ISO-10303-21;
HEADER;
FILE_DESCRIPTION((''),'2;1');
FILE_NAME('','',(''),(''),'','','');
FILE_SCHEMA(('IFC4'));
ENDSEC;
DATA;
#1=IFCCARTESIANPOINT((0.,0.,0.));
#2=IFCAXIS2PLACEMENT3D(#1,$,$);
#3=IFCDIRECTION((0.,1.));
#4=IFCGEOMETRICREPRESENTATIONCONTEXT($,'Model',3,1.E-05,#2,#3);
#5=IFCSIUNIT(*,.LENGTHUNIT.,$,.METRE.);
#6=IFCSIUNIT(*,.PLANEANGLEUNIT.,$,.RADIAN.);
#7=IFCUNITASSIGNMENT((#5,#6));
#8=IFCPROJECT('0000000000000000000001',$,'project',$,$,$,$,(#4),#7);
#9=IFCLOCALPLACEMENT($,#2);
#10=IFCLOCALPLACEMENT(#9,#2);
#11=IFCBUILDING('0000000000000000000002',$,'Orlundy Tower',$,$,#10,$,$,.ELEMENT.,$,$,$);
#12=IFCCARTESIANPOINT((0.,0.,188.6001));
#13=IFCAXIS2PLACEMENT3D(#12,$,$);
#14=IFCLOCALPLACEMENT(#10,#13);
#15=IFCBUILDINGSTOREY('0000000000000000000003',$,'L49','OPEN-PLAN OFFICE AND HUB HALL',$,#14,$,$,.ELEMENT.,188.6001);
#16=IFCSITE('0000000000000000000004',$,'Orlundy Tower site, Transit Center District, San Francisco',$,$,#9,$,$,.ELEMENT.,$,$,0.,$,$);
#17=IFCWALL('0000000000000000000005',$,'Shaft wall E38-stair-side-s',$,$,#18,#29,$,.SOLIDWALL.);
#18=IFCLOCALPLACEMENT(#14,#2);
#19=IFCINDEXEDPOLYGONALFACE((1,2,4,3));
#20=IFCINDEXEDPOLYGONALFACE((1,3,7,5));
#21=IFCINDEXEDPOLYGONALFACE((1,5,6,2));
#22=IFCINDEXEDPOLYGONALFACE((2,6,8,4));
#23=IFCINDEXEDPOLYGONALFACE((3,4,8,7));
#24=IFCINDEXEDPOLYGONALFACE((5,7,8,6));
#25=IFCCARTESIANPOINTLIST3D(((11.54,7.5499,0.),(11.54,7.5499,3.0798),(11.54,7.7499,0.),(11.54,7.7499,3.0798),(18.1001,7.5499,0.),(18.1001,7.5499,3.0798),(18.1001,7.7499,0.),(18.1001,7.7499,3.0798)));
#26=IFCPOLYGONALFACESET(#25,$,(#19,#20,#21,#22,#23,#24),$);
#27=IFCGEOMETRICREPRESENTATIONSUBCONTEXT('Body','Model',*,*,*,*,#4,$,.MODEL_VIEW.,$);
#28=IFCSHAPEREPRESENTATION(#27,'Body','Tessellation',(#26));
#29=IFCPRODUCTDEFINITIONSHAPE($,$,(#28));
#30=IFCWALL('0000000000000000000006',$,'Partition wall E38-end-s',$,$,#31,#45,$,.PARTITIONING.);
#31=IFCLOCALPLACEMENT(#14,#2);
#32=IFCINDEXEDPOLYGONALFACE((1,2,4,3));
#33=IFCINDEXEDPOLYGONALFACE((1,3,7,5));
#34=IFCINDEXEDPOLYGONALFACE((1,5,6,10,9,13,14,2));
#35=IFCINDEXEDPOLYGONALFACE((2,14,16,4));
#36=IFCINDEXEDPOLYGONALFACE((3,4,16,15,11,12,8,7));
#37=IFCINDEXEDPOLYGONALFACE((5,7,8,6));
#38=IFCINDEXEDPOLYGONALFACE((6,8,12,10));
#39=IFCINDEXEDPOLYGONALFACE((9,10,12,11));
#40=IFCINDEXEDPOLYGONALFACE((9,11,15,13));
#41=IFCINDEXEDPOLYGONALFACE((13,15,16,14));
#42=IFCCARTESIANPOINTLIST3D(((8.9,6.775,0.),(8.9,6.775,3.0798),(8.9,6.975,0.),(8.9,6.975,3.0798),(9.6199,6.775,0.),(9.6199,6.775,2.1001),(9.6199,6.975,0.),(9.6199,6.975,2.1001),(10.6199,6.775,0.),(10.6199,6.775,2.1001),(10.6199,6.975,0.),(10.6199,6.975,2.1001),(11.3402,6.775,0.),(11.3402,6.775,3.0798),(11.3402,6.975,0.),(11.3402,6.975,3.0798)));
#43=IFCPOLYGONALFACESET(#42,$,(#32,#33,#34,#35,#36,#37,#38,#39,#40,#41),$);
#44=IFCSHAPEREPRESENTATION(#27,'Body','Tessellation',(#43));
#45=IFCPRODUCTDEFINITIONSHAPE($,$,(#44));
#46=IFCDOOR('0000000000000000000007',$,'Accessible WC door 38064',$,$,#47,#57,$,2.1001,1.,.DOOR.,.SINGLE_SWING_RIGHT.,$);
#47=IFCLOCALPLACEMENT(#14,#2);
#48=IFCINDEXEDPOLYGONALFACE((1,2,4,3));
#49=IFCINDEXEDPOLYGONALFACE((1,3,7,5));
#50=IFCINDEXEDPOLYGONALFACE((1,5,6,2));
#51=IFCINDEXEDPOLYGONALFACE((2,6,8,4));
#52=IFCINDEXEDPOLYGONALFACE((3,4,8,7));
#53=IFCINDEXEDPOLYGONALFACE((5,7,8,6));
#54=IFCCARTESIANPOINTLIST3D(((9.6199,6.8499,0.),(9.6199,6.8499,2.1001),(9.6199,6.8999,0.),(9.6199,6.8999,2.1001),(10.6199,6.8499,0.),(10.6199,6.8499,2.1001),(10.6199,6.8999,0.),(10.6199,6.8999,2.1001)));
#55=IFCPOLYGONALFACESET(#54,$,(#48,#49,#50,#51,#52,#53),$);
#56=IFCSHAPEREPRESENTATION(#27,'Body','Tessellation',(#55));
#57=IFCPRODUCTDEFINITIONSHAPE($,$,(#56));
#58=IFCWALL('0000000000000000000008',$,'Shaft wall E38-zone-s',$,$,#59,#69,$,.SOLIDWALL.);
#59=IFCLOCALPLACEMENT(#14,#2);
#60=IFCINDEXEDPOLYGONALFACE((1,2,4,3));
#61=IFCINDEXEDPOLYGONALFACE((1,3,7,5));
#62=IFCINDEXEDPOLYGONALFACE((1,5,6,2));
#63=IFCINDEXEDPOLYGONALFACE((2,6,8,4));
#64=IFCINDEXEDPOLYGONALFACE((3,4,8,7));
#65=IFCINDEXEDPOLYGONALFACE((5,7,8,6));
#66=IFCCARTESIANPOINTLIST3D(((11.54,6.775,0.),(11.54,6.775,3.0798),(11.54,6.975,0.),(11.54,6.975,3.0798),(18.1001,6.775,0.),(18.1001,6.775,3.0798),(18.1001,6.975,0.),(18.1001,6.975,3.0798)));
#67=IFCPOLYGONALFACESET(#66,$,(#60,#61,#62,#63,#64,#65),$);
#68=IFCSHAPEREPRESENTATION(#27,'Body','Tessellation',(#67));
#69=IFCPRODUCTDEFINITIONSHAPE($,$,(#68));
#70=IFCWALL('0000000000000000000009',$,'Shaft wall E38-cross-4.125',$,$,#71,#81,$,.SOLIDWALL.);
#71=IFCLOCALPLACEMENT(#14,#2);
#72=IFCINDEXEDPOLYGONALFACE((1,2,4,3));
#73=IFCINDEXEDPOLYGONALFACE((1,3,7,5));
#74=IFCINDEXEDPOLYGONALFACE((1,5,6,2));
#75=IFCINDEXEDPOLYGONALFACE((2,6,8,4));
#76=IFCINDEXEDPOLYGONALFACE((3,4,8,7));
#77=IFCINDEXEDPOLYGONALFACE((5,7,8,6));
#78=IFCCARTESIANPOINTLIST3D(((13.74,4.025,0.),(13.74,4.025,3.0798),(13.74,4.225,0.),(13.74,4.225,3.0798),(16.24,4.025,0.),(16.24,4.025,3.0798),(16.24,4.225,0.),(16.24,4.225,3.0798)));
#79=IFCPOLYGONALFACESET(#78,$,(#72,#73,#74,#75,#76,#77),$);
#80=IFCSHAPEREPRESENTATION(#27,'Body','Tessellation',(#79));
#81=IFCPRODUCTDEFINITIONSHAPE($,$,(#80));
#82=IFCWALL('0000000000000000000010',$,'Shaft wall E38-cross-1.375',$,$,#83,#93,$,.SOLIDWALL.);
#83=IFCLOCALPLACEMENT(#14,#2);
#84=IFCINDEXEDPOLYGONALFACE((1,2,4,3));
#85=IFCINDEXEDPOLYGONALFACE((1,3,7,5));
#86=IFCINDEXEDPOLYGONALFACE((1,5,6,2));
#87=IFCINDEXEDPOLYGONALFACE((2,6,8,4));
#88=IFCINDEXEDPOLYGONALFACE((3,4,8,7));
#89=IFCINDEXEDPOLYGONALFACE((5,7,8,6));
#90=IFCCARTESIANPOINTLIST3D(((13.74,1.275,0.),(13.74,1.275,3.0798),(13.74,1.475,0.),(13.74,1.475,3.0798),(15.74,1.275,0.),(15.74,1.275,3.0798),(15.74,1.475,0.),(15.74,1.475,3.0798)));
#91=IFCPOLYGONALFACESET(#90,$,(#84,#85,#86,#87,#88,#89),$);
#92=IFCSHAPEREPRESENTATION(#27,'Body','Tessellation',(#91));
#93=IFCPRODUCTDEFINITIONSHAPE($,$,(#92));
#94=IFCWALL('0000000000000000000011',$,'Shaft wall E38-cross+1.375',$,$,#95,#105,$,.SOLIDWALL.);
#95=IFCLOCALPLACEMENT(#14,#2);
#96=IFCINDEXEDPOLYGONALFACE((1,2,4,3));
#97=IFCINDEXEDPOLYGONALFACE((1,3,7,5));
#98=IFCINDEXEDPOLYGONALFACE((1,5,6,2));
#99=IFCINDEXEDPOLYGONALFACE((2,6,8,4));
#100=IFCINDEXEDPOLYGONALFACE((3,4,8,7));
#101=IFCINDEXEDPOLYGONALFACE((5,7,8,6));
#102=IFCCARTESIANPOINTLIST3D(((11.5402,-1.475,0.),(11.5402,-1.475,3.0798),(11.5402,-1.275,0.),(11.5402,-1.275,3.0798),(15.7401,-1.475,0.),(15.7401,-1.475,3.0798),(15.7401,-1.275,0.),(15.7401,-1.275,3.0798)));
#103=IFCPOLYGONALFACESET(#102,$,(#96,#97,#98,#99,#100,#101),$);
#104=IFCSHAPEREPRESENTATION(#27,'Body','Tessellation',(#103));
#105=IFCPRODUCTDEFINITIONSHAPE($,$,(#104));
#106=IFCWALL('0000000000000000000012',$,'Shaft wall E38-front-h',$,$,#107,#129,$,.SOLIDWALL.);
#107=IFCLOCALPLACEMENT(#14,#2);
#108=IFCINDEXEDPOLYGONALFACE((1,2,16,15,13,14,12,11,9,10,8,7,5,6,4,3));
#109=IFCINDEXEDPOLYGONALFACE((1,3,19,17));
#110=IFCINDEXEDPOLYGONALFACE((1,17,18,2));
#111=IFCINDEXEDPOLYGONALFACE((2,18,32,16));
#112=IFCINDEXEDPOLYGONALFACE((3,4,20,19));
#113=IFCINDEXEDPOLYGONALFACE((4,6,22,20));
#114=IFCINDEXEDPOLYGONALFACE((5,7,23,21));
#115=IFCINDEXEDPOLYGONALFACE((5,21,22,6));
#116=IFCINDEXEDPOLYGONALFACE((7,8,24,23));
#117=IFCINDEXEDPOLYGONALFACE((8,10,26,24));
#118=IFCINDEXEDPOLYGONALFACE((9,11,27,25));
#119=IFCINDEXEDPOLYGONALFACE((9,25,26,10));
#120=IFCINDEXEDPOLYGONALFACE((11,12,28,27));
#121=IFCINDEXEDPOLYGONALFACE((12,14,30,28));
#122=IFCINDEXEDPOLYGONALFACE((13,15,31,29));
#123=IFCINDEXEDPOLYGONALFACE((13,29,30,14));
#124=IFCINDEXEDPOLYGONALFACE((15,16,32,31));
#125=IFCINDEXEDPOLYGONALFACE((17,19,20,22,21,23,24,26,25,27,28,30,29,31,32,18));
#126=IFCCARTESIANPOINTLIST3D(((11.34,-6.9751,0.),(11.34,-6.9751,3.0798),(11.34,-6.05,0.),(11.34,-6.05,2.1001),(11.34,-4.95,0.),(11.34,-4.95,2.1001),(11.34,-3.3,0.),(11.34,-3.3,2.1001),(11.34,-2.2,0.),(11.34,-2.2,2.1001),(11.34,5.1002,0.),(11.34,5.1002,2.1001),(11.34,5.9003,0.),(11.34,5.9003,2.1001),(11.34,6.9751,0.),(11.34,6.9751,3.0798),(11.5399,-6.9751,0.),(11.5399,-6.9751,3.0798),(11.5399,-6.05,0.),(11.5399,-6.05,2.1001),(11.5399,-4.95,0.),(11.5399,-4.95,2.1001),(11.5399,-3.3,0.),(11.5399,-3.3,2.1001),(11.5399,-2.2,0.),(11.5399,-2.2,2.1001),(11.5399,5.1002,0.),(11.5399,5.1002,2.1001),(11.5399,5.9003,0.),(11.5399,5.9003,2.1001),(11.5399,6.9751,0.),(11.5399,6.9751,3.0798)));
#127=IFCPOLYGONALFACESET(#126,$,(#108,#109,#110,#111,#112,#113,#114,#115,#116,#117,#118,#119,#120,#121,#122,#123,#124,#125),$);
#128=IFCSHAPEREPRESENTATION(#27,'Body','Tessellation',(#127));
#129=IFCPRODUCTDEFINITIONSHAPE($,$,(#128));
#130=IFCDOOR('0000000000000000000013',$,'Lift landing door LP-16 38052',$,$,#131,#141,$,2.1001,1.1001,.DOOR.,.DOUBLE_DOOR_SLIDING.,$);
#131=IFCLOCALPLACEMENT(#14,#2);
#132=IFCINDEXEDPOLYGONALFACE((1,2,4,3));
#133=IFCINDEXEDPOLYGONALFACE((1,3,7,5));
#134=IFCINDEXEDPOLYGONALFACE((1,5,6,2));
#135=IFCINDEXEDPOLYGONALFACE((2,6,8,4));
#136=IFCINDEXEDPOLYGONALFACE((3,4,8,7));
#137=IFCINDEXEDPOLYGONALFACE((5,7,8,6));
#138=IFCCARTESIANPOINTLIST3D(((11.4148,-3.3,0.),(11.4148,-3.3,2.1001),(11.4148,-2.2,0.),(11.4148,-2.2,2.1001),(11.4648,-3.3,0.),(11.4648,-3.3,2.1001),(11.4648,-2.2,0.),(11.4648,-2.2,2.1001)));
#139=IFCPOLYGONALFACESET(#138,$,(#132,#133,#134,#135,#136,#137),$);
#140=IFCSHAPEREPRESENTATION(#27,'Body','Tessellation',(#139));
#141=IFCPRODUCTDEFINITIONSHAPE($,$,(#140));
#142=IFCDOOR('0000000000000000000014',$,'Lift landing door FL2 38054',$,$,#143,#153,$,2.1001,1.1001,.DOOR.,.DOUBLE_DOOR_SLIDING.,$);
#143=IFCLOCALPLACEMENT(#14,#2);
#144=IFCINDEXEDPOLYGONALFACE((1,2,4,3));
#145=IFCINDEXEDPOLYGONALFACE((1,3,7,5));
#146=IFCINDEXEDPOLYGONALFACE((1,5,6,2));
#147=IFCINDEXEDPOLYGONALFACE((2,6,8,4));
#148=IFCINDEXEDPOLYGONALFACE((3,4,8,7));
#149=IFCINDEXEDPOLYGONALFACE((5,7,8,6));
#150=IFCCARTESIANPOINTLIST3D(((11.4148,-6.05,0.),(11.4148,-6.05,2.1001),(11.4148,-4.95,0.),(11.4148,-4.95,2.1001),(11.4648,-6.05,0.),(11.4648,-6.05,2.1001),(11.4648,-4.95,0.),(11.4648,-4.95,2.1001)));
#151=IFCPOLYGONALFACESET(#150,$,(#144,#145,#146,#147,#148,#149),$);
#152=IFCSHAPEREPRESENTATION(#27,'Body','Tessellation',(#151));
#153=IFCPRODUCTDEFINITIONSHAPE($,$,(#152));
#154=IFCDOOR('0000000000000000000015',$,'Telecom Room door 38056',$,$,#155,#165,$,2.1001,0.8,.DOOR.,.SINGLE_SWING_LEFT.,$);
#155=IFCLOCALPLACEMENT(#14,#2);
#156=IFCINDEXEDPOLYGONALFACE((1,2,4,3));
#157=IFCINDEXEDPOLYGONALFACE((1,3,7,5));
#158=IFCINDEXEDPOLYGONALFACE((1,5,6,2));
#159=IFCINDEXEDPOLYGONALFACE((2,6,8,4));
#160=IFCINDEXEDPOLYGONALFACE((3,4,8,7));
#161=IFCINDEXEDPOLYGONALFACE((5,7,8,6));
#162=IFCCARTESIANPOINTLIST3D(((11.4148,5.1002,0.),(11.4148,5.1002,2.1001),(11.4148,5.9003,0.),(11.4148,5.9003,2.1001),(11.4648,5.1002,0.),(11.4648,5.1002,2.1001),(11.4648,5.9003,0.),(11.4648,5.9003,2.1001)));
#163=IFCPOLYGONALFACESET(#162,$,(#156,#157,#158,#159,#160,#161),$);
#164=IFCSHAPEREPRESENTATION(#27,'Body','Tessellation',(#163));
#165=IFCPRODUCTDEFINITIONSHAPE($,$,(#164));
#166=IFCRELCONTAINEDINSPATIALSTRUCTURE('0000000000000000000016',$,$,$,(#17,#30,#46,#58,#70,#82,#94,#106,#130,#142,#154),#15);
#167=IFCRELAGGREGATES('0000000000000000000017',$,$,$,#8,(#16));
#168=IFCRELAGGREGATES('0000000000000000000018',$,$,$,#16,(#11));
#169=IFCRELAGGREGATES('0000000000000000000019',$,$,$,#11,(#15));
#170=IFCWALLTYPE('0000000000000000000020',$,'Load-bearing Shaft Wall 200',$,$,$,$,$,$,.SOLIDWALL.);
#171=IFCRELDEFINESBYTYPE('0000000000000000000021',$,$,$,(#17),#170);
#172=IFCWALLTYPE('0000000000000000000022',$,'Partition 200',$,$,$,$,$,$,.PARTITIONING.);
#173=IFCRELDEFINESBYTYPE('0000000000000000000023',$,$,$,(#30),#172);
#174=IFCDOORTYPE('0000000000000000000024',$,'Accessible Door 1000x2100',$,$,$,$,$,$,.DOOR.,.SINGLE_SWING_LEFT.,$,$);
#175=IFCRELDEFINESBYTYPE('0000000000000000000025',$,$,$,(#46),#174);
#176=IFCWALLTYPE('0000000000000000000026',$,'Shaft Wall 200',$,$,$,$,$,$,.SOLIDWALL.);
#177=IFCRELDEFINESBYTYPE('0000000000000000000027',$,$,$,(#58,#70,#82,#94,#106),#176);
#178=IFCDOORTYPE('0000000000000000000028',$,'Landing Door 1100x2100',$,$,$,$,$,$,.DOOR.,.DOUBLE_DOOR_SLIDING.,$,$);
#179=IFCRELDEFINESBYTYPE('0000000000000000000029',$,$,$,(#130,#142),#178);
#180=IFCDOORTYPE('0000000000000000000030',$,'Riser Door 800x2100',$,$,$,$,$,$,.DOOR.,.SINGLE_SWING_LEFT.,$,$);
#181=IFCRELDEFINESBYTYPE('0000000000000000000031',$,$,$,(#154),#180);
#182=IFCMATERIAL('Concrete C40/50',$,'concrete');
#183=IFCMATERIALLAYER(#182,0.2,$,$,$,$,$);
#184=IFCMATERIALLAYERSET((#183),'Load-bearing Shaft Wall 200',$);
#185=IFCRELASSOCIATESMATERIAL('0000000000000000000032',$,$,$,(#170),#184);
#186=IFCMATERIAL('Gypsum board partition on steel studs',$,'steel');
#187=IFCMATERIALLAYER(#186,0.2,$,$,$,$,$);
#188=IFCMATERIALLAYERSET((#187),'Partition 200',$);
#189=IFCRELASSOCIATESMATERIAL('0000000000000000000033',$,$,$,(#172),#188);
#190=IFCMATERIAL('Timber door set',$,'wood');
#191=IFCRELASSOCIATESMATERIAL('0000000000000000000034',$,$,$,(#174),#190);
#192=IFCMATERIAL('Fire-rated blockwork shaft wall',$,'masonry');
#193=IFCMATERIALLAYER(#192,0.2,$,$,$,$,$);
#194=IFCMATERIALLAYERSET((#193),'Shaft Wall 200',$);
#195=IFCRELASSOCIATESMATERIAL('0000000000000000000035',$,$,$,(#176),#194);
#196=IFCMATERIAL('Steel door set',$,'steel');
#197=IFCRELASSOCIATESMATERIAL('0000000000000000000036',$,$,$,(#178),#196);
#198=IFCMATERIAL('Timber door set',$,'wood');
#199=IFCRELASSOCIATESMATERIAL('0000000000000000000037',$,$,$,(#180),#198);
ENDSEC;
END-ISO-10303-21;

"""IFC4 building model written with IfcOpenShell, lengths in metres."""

from ifc_helpers import new_model, si_unit, direction, frame, frame_2d, origin, place, context, subcontext, project, spatial, rectangle, extrude, material, layer, layer_set, type_object, element, fill, save


model = new_model("IFC4")

# Units and contexts
model_context = context("Model", 3, precision=1e-05, world=origin(), true_north=direction((0.0, 1.0)))
body_context = subcontext(model_context, "Body", "Model", "MODEL_VIEW")
ifc_project = project(units=[si_unit("LENGTHUNIT", "METRE"), si_unit("PLANEANGLEUNIT", "RADIAN")], contexts=[model_context])

# Site, building, storey
site_placement = place(None, origin())
site = spatial("IfcSite", under=ifc_project, at=site_placement, Name="Orlundy Tower site, Transit Center District, San Francisco", CompositionType="ELEMENT", RefElevation=0.0)
building_placement = place(site_placement, origin())
building = spatial("IfcBuilding", under=site, at=building_placement, Name="Orlundy Tower", CompositionType="ELEMENT")
storey_placement = place(building_placement, frame((0.0, 0.0, 188.6001)))
storey = spatial("IfcBuildingStorey", under=building, at=storey_placement, Name="L49", Description="OPEN-PLAN OFFICE AND HUB HALL", CompositionType="ELEMENT", Elevation=188.6001)

# Wall
ifc_material_1 = material(Name="Concrete C40/50", Category="concrete")
ifc_layer_1 = layer(ifc_material_1, 0.2)
ifc_layer_set_1 = layer_set([ifc_layer_1], Name="Load-bearing Shaft Wall 200")
wall_type_1 = type_object("IfcWallType", Name="Load-bearing Shaft Wall 200", PredefinedType="SOLIDWALL", material=ifc_layer_set_1)
wall_1_placement = place(storey_placement, frame((11.54, 7.6499, 0.0), z_axis=(0.0, 0.0, 1.0), x_axis=(1.0, 0.0, 0.0)))
element("IfcWall", 1, at=wall_1_placement, inside=storey, type_object=wall_type_1, Name="Shaft wall E38-stair-side-s", PredefinedType="SOLIDWALL", context=body_context, shape_type="SweptSolid", body=[
    extrude(rectangle(XDim=6.5601, YDim=0.2, at=frame_2d((3.28, 0.0))), origin(), (0.0, 0.0, 1.0), 3.0798),
])

# Wall, opening, door
ifc_material_2 = material(Name="Gypsum board partition on steel studs", Category="steel")
ifc_layer_2 = layer(ifc_material_2, 0.2)
ifc_layer_set_2 = layer_set([ifc_layer_2], Name="Partition 200")
wall_type_2 = type_object("IfcWallType", Name="Partition 200", PredefinedType="PARTITIONING", material=ifc_layer_set_2)
wall_2_placement = place(storey_placement, frame((8.8999, 6.875, 0.0), z_axis=(0.0, 0.0, 1.0), x_axis=(1.0, 0.0, 0.0)))
wall_2 = element("IfcWall", 2, at=wall_2_placement, inside=storey, type_object=wall_type_2, Name="Partition wall E38-end-s", PredefinedType="PARTITIONING", context=body_context, shape_type="SweptSolid", body=[
    extrude(rectangle(XDim=2.4402, YDim=0.2, at=frame_2d((1.2202, 0.0))), origin(), (0.0, 0.0, 1.0), 3.0798),
])
opening_1_placement = place(wall_2_placement, frame((0.72, 0.0, 0.0)))
opening_1 = element("IfcOpeningElement", 3, at=opening_1_placement, cuts=wall_2, PredefinedType="OPENING", context=body_context, shape_type="SweptSolid", body=[
    extrude(rectangle(XDim=1.0, YDim=2.1001, at=frame_2d((0.5, 1.05))), frame((0.0, 0.1101, 0.0), z_axis=(0.0, -1.0, 0.0), x_axis=(1.0, 0.0, 0.0)), (0.0, 0.0, 1.0), 0.2202),
])
ifc_material_3 = material(Name="Timber door set", Category="wood")
door_type_1 = type_object("IfcDoorType", Name="Accessible Door 1000x2100", OperationType="SINGLE_SWING_LEFT", PredefinedType="DOOR", material=ifc_material_3)
door_1_placement = place(opening_1_placement, origin())
door_1 = element("IfcDoor", 4, at=door_1_placement, inside=storey, type_object=door_type_1, Name="Accessible WC door 38064", OperationType="SINGLE_SWING_RIGHT", OverallHeight=2.1001, OverallWidth=1.0, PredefinedType="DOOR", context=body_context, shape_type="SweptSolid", body=[
    extrude(rectangle(XDim=1.0, YDim=2.1001, at=frame_2d((0.5, 1.05))), frame((0.0, 0.0249, 0.0), z_axis=(0.0, -1.0, 0.0), x_axis=(1.0, 0.0, 0.0)), (0.0, 0.0, 1.0), 0.05),
])
fill(opening_1, door_1)

# Walls
ifc_material_4 = material(Name="Fire-rated blockwork shaft wall", Category="masonry")
ifc_layer_3 = layer(ifc_material_4, 0.2)
ifc_layer_set_3 = layer_set([ifc_layer_3], Name="Shaft Wall 200")
wall_type_3 = type_object("IfcWallType", Name="Shaft Wall 200", PredefinedType="SOLIDWALL", material=ifc_layer_set_3)
wall_3_placement = place(storey_placement, frame((11.54, 6.875, 0.0), z_axis=(0.0, 0.0, 1.0), x_axis=(1.0, 0.0, 0.0)))
element("IfcWall", 5, at=wall_3_placement, inside=storey, type_object=wall_type_3, Name="Shaft wall E38-zone-s", PredefinedType="SOLIDWALL", context=body_context, shape_type="SweptSolid", body=[
    extrude(rectangle(XDim=6.5601, YDim=0.2, at=frame_2d((3.28, 0.0))), origin(), (0.0, 0.0, 1.0), 3.0798),
])
wall_4_placement = place(storey_placement, frame((13.74, 4.125, 0.0), z_axis=(0.0, 0.0, 1.0), x_axis=(1.0, 0.0, 0.0)))
element("IfcWall", 6, at=wall_4_placement, inside=storey, type_object=wall_type_3, Name="Shaft wall E38-cross-4.125", PredefinedType="SOLIDWALL", context=body_context, shape_type="SweptSolid", body=[
    extrude(rectangle(XDim=2.5, YDim=0.2, at=frame_2d((1.25, 0.0))), origin(), (0.0, 0.0, 1.0), 3.0798),
])
wall_5_placement = place(storey_placement, frame((13.74, 1.375, 0.0), z_axis=(0.0, 0.0, 1.0), x_axis=(1.0, 0.0, 0.0)))
element("IfcWall", 7, at=wall_5_placement, inside=storey, type_object=wall_type_3, Name="Shaft wall E38-cross-1.375", PredefinedType="SOLIDWALL", context=body_context, shape_type="SweptSolid", body=[
    extrude(rectangle(XDim=2.0, YDim=0.2, at=frame_2d((1.0, 0.0))), origin(), (0.0, 0.0, 1.0), 3.0798),
])
wall_6_placement = place(storey_placement, frame((11.54, -1.375, 0.0), z_axis=(0.0, 0.0, 1.0), x_axis=(1.0, 0.0, 0.0)))
element("IfcWall", 8, at=wall_6_placement, inside=storey, type_object=wall_type_3, Name="Shaft wall E38-cross+1.375", PredefinedType="SOLIDWALL", context=body_context, shape_type="SweptSolid", body=[
    extrude(rectangle(XDim=4.2, YDim=0.2, at=frame_2d((2.1001, 0.0))), origin(), (0.0, 0.0, 1.0), 3.0798),
])

# Wall, openings, doors
wall_7_placement = place(storey_placement, frame((11.4399, 6.9751, 0.0), z_axis=(0.0, 0.0, 1.0), x_axis=(0.0, -1.0, 0.0)))
wall_7 = element("IfcWall", 9, at=wall_7_placement, inside=storey, type_object=wall_type_3, Name="Shaft wall E38-front-h", PredefinedType="SOLIDWALL", context=body_context, shape_type="SweptSolid", body=[
    extrude(rectangle(XDim=13.9502, YDim=0.2, at=frame_2d((6.9751, 0.0))), origin(), (0.0, 0.0, 1.0), 3.0798),
])
opening_2_placement = place(wall_7_placement, frame((9.175, 0.0, 0.0)))
opening_2 = element("IfcOpeningElement", 10, at=opening_2_placement, cuts=wall_7, PredefinedType="OPENING", context=body_context, shape_type="SweptSolid", body=[
    extrude(rectangle(XDim=1.1001, YDim=2.1001, at=frame_2d((0.55, 1.05))), frame((0.0, 0.1101, 0.0), z_axis=(0.0, -1.0, 0.0), x_axis=(1.0, 0.0, 0.0)), (0.0, 0.0, 1.0), 0.2202),
])
opening_3_placement = place(wall_7_placement, frame((11.925, 0.0, 0.0)))
opening_3 = element("IfcOpeningElement", 11, at=opening_3_placement, cuts=wall_7, PredefinedType="OPENING", context=body_context, shape_type="SweptSolid", body=[
    extrude(rectangle(XDim=1.1001, YDim=2.1001, at=frame_2d((0.55, 1.05))), frame((0.0, 0.1101, 0.0), z_axis=(0.0, -1.0, 0.0), x_axis=(1.0, 0.0, 0.0)), (0.0, 0.0, 1.0), 0.2202),
])
opening_4_placement = place(wall_7_placement, frame((1.075, 0.0, 0.0)))
opening_4 = element("IfcOpeningElement", 12, at=opening_4_placement, cuts=wall_7, PredefinedType="OPENING", context=body_context, shape_type="SweptSolid", body=[
    extrude(rectangle(XDim=0.8, YDim=2.1001, at=frame_2d((0.3999, 1.05))), frame((0.0, 0.1101, 0.0), z_axis=(0.0, -1.0, 0.0), x_axis=(1.0, 0.0, 0.0)), (0.0, 0.0, 1.0), 0.2202),
])
ifc_material_5 = material(Name="Steel door set", Category="steel")
door_type_2 = type_object("IfcDoorType", Name="Landing Door 1100x2100", OperationType="DOUBLE_DOOR_SLIDING", PredefinedType="DOOR", material=ifc_material_5)
door_2_placement = place(opening_2_placement, origin())
door_2 = element("IfcDoor", 13, at=door_2_placement, inside=storey, type_object=door_type_2, Name="Lift landing door LP-16 38052", OperationType="DOUBLE_DOOR_SLIDING", OverallHeight=2.1001, OverallWidth=1.1001, PredefinedType="DOOR", context=body_context, shape_type="SweptSolid", body=[
    extrude(rectangle(XDim=1.1001, YDim=2.1001, at=frame_2d((0.55, 1.05))), frame((0.0, 0.0249, 0.0), z_axis=(0.0, -1.0, 0.0), x_axis=(1.0, 0.0, 0.0)), (0.0, 0.0, 1.0), 0.05),
])
fill(opening_2, door_2)
door_3_placement = place(opening_3_placement, origin())
door_3 = element("IfcDoor", 14, at=door_3_placement, inside=storey, type_object=door_type_2, Name="Lift landing door FL2 38054", OperationType="DOUBLE_DOOR_SLIDING", OverallHeight=2.1001, OverallWidth=1.1001, PredefinedType="DOOR", context=body_context, shape_type="SweptSolid", body=[
    extrude(rectangle(XDim=1.1001, YDim=2.1001, at=frame_2d((0.55, 1.05))), frame((0.0, 0.0249, 0.0), z_axis=(0.0, -1.0, 0.0), x_axis=(1.0, 0.0, 0.0)), (0.0, 0.0, 1.0), 0.05),
])
fill(opening_3, door_3)
ifc_material_6 = material(Name="Timber door set", Category="wood")
door_type_3 = type_object("IfcDoorType", Name="Riser Door 800x2100", OperationType="SINGLE_SWING_LEFT", PredefinedType="DOOR", material=ifc_material_6)
door_4_placement = place(opening_4_placement, origin())
door_4 = element("IfcDoor", 15, at=door_4_placement, inside=storey, type_object=door_type_3, Name="Telecom Room door 38056", OperationType="SINGLE_SWING_LEFT", OverallHeight=2.1001, OverallWidth=0.8, PredefinedType="DOOR", context=body_context, shape_type="SweptSolid", body=[
    extrude(rectangle(XDim=0.8, YDim=2.1001, at=frame_2d((0.3999, 1.05))), frame((0.0, 0.0249, 0.0), z_axis=(0.0, -1.0, 0.0), x_axis=(1.0, 0.0, 0.0)), (0.0, 0.0, 1.0), 0.05),
])
fill(opening_4, door_4)

save(model, "model.ifc")
